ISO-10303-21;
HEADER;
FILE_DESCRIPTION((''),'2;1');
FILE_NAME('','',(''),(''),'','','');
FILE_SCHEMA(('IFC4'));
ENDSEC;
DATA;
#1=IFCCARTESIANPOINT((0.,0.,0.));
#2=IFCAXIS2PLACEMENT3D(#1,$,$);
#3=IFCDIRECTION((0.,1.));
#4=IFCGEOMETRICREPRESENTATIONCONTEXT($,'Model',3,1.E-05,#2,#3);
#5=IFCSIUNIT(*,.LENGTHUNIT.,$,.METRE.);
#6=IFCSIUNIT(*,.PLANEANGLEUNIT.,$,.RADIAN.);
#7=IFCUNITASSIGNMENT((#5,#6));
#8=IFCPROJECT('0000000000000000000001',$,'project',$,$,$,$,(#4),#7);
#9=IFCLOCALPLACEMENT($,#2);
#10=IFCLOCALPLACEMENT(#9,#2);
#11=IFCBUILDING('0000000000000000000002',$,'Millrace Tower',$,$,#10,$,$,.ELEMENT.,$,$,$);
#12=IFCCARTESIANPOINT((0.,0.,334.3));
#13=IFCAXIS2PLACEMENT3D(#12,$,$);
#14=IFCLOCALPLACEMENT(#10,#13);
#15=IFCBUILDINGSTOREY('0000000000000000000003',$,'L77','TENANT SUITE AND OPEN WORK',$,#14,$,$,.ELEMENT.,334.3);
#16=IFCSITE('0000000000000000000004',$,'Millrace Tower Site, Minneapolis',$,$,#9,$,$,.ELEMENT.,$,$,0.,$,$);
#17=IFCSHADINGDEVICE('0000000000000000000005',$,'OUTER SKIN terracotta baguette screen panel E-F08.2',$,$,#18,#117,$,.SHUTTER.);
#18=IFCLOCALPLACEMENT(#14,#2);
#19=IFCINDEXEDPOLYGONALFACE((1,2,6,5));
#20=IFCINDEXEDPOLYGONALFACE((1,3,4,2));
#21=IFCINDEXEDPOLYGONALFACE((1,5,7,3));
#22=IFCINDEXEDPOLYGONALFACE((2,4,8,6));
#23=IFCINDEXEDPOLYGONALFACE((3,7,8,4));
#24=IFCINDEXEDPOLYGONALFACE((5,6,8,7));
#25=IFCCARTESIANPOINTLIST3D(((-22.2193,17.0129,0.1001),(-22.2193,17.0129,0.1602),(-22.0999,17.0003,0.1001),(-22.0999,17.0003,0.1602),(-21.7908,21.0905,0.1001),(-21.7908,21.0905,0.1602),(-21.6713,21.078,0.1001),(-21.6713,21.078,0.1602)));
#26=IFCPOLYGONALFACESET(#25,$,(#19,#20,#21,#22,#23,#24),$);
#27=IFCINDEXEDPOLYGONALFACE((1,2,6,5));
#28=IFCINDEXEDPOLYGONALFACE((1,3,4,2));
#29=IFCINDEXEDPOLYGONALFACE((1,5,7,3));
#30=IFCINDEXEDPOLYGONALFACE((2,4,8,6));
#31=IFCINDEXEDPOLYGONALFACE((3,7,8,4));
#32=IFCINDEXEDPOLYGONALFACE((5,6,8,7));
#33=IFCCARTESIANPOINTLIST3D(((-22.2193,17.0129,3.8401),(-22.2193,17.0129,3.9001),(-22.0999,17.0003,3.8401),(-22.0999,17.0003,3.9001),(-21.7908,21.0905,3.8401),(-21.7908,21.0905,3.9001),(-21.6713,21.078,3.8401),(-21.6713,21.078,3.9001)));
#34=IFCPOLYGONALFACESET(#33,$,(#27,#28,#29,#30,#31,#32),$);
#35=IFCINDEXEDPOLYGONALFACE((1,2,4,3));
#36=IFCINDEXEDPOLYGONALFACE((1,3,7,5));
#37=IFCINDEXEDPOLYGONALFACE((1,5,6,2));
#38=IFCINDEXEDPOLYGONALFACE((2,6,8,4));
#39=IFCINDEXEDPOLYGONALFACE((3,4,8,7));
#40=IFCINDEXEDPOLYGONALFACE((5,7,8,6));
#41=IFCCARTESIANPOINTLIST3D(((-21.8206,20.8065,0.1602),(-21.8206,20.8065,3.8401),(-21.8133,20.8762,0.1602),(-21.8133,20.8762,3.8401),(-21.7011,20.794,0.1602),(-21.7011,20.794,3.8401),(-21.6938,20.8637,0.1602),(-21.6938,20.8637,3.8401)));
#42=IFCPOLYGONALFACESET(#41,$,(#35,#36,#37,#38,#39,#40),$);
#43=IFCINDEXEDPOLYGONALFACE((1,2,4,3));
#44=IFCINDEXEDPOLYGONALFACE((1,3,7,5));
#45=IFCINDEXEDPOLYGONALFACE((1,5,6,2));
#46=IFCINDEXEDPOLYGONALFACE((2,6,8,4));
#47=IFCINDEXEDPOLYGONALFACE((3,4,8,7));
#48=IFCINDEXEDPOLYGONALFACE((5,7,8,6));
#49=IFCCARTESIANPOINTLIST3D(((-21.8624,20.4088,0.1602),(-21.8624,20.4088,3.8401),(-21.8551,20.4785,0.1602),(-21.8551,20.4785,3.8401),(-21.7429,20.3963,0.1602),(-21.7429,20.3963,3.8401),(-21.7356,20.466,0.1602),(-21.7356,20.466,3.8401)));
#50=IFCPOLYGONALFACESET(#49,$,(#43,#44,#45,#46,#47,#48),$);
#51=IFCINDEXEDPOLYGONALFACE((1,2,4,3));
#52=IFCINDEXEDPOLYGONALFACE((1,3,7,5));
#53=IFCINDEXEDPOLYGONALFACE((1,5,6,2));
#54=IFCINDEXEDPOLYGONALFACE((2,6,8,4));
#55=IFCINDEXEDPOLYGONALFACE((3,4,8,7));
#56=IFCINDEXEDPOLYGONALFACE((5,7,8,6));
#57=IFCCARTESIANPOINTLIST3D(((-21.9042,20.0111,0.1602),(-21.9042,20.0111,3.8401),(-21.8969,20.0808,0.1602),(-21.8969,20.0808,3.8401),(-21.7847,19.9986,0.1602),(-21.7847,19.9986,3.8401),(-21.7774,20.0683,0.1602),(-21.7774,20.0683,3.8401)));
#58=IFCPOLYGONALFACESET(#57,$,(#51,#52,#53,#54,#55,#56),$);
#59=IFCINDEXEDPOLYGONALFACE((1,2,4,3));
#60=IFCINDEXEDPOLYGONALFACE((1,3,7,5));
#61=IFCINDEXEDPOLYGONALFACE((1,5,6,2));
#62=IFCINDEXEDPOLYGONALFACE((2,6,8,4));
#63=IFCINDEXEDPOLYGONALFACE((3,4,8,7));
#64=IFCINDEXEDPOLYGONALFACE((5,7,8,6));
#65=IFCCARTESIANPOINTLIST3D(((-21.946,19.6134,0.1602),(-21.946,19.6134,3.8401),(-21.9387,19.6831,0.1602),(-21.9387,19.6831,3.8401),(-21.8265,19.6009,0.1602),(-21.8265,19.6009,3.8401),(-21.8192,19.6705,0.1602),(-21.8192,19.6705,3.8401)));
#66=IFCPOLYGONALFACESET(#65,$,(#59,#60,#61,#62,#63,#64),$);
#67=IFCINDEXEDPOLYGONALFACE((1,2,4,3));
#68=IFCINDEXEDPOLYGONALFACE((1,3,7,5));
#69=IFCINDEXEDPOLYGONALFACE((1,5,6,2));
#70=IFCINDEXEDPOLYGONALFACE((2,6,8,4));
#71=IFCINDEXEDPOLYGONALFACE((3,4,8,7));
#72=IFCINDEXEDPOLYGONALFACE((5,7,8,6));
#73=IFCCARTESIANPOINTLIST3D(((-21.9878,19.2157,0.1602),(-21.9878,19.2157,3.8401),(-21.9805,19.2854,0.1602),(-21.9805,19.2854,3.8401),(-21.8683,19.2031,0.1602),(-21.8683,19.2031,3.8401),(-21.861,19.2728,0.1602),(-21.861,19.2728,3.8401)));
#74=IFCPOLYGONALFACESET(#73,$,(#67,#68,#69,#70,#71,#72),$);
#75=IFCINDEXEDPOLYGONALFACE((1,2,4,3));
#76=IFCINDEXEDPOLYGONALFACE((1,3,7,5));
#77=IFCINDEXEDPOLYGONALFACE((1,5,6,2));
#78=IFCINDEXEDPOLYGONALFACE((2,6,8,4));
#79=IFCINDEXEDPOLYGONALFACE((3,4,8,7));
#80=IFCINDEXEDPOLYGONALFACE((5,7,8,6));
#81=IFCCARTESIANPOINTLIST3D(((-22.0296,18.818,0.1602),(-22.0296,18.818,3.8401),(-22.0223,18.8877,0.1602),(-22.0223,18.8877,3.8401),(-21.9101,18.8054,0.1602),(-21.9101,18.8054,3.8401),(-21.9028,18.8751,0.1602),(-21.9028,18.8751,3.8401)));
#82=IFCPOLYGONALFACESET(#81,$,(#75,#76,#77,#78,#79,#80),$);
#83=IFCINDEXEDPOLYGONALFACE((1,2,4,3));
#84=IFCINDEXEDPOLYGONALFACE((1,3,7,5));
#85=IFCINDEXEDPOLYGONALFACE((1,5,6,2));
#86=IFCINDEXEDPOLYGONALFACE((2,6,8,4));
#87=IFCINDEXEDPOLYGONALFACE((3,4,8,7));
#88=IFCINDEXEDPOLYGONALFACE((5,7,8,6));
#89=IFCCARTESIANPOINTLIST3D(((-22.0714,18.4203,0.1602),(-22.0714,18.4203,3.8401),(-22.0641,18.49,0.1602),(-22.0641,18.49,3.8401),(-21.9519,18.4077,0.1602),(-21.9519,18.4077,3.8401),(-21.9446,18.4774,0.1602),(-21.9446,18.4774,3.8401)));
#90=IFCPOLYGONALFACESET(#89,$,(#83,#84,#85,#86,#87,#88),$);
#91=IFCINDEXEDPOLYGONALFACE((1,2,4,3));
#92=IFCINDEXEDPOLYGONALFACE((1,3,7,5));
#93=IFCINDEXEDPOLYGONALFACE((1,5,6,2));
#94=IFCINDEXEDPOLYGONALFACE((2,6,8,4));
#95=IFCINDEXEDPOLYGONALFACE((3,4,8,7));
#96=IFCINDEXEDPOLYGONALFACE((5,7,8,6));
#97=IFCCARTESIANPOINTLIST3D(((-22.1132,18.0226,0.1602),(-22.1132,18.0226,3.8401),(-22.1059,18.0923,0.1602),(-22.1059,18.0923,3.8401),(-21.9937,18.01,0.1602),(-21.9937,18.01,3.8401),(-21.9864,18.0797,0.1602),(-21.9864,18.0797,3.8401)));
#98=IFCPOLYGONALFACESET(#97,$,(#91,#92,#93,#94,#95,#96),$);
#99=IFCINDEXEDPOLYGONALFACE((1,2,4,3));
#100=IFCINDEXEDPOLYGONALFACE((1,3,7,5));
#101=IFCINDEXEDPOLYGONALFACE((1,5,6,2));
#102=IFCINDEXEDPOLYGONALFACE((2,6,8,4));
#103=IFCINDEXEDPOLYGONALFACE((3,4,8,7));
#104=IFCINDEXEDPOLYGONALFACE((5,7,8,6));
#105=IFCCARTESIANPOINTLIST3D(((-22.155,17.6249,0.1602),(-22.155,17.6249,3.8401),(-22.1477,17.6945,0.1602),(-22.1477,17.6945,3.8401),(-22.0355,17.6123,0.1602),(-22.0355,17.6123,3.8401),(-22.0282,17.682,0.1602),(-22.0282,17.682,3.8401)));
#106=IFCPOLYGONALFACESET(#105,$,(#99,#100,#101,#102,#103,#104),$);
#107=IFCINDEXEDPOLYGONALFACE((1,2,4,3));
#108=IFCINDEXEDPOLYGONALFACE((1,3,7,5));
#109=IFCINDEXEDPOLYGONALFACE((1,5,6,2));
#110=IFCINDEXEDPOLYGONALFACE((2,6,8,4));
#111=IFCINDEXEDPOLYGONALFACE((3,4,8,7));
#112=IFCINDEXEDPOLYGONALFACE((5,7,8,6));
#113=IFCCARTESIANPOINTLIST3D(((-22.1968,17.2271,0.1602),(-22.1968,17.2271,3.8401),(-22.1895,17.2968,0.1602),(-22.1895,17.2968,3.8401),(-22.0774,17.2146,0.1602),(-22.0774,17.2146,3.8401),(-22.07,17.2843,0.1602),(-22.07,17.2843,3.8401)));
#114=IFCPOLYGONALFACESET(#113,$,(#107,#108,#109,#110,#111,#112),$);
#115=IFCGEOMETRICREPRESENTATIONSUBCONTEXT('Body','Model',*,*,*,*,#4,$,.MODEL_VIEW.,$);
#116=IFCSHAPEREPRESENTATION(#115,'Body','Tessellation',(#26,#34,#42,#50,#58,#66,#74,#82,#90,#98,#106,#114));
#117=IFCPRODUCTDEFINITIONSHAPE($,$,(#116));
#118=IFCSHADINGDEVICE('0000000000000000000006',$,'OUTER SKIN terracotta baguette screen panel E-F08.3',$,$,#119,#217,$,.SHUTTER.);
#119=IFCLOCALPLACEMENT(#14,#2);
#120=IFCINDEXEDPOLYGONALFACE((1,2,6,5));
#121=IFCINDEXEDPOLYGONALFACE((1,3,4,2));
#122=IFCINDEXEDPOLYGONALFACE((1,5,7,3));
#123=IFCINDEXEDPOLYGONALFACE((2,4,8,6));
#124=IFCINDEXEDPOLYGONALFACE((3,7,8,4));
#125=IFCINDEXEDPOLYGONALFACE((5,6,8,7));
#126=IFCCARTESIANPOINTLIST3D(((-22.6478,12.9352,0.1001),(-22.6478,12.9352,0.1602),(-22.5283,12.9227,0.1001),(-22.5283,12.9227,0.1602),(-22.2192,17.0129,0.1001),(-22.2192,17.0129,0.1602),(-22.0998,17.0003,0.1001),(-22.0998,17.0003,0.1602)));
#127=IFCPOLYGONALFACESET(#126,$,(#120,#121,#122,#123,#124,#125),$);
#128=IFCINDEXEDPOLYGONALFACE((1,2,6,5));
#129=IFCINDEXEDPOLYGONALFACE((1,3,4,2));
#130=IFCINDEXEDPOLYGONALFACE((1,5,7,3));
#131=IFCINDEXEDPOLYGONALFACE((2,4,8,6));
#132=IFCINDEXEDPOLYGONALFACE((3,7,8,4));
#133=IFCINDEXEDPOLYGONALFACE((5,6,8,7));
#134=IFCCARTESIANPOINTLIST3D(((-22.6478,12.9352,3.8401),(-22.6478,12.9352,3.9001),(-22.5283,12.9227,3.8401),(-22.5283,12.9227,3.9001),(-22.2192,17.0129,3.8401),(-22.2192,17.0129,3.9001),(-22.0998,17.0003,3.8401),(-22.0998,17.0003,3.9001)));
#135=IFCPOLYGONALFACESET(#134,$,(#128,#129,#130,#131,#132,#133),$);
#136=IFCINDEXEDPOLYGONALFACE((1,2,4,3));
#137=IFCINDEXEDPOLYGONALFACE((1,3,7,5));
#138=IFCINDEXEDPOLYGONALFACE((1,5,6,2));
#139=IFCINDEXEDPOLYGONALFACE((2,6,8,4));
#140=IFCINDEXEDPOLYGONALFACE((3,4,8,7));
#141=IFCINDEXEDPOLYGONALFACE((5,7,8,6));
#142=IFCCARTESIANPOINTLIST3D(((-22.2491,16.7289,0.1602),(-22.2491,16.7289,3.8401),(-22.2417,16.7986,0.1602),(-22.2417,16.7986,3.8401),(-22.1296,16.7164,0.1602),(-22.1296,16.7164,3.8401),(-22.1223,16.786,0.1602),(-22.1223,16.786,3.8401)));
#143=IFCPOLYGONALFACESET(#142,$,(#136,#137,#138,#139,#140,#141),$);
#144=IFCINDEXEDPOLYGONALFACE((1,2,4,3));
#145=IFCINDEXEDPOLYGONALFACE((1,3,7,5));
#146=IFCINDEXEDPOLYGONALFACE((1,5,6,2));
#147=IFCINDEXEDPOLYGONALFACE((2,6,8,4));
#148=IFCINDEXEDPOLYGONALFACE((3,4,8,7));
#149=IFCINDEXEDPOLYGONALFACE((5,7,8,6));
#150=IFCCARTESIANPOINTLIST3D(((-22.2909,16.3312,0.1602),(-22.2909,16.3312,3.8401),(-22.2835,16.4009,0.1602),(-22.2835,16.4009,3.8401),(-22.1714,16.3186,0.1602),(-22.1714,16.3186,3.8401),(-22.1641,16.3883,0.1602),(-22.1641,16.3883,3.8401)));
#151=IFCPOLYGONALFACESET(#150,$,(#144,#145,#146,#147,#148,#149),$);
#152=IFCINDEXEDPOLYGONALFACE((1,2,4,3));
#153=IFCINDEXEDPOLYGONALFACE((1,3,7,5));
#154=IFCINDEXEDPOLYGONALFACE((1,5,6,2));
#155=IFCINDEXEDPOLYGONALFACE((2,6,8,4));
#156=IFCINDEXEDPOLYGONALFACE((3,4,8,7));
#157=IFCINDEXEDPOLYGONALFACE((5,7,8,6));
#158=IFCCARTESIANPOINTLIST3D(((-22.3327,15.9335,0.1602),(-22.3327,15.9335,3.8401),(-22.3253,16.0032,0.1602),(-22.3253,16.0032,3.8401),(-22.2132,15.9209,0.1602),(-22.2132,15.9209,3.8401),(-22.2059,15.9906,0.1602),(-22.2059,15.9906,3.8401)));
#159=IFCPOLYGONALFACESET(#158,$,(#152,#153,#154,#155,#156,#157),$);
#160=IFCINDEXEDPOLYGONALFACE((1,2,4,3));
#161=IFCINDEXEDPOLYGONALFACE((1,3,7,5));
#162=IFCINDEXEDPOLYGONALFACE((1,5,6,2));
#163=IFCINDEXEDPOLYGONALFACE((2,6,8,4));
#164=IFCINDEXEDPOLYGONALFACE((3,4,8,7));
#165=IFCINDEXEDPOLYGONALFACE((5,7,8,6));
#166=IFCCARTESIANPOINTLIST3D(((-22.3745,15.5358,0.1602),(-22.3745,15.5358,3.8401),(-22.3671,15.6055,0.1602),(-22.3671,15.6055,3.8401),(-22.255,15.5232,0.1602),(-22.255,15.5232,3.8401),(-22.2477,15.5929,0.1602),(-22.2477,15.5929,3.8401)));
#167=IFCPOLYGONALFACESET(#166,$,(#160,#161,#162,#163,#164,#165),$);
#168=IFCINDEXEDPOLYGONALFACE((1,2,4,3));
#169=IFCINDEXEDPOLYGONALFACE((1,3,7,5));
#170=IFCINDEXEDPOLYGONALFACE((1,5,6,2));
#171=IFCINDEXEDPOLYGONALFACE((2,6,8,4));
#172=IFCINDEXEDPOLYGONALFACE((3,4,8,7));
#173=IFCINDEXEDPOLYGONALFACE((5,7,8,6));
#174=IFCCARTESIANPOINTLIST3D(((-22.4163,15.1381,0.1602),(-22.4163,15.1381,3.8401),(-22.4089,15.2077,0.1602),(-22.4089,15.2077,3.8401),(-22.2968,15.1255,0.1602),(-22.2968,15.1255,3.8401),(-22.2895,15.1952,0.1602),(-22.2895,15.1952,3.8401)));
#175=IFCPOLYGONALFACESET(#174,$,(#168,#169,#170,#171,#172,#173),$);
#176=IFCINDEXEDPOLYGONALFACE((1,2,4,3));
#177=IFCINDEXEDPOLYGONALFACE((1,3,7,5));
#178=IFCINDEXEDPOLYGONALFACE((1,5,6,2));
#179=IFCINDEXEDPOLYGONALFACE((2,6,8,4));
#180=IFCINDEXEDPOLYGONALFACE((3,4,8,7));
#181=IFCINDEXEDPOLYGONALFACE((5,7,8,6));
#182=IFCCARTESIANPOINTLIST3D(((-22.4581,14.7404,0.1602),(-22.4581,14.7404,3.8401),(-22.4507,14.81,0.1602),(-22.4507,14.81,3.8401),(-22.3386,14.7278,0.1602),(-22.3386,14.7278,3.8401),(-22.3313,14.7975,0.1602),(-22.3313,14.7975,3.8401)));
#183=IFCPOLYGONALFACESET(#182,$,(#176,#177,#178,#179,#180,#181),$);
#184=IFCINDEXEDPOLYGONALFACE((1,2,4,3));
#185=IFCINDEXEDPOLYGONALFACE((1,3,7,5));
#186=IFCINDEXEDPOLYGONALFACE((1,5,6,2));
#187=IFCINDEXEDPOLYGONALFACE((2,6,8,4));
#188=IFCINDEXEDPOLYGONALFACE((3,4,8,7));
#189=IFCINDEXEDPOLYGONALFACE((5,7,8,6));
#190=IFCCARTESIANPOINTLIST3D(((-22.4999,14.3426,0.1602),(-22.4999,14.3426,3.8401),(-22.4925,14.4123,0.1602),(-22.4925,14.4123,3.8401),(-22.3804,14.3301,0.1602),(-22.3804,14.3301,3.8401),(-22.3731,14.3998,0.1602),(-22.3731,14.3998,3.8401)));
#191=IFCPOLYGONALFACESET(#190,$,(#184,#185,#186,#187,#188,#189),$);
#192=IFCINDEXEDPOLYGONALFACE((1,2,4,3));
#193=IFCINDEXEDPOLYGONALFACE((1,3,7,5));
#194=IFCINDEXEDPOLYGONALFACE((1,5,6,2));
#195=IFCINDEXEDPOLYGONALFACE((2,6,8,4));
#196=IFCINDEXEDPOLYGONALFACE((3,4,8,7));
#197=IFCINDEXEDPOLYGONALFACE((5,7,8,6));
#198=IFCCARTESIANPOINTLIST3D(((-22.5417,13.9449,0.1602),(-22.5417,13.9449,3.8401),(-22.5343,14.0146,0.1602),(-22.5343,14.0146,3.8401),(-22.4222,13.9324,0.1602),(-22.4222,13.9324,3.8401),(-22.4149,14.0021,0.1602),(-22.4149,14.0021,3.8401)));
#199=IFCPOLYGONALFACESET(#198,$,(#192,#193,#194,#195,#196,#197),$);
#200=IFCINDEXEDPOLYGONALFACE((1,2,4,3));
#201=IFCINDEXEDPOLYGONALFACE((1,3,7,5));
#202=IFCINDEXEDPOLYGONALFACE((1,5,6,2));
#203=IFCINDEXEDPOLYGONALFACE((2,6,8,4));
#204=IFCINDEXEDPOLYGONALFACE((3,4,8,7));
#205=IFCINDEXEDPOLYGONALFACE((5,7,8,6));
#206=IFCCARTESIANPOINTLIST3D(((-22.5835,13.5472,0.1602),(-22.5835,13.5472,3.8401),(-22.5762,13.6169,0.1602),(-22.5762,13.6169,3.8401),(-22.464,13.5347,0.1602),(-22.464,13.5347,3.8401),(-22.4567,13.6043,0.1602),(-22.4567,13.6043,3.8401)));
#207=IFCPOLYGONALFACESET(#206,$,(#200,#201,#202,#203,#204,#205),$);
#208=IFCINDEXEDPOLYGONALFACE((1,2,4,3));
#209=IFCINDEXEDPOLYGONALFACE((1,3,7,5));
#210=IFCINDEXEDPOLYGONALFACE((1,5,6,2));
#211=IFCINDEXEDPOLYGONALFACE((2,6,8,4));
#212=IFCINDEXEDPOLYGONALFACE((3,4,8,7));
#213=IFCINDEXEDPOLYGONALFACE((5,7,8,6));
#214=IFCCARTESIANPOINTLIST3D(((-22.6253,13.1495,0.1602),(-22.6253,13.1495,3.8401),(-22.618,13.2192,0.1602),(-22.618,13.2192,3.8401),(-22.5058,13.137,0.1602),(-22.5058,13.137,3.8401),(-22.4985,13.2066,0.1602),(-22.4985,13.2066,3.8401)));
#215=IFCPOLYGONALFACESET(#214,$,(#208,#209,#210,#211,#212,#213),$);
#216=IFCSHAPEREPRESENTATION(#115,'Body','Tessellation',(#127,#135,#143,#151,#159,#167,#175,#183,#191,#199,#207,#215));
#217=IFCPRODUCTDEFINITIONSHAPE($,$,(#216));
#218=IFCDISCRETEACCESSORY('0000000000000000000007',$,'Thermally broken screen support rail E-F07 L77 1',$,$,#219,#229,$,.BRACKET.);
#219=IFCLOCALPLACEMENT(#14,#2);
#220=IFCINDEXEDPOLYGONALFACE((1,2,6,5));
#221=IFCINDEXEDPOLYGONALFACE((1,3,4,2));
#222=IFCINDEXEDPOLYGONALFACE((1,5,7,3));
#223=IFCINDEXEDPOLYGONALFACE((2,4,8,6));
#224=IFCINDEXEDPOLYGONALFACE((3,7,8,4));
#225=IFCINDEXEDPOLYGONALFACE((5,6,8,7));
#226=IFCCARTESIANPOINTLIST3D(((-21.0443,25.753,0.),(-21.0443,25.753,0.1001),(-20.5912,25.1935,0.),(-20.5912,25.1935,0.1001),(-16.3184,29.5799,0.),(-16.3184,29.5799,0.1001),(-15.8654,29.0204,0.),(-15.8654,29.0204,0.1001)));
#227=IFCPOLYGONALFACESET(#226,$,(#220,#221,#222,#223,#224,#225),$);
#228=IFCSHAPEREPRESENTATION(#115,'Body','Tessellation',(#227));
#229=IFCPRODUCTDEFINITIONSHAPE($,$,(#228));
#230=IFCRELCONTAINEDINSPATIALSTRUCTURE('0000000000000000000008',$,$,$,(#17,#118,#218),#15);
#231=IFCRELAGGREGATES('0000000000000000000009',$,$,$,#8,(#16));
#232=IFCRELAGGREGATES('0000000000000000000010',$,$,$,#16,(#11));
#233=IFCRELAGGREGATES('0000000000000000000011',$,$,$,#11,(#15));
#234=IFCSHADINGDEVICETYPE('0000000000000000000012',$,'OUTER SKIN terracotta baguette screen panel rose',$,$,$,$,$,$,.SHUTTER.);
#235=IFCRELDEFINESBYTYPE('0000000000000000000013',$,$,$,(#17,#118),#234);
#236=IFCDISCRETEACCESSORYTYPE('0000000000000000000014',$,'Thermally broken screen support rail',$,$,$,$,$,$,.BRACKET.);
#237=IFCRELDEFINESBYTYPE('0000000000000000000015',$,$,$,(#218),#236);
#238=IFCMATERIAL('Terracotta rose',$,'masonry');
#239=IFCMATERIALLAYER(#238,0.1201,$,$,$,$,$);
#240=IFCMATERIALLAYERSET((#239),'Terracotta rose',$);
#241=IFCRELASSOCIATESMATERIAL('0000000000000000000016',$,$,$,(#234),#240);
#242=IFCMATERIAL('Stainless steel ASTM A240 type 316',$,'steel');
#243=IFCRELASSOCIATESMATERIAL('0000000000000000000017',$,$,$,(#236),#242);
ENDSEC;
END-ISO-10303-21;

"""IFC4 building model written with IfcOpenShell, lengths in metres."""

from ifc_helpers import new_model, entity, si_unit, direction, frame, frame_2d, origin, origin_2d, place, context, subcontext, project, spatial, rectangle, extrude, source, transform, mapped, material, layer, layer_set, type_object, element, save


model = new_model("IFC4")

# Units and contexts
model_context = context("Model", 3, precision=1e-05, world=origin(), true_north=direction((0.0, 1.0)))
body_context = subcontext(model_context, "Body", "Model", "MODEL_VIEW")
ifc_project = project(units=[si_unit("LENGTHUNIT", "METRE"), si_unit("PLANEANGLEUNIT", "RADIAN")], contexts=[model_context])

# Site, building, storey
site_placement = place(None, origin())
site = spatial("IfcSite", under=ifc_project, at=site_placement, Name="Millrace Tower Site, Minneapolis", CompositionType="ELEMENT", RefElevation=0.0)
building_placement = place(site_placement, origin())
building = spatial("IfcBuilding", under=site, at=building_placement, Name="Millrace Tower", CompositionType="ELEMENT")
storey_placement = place(building_placement, frame((0.0, 0.0, 334.3)))
storey = spatial("IfcBuildingStorey", under=building, at=storey_placement, Name="L77", Description="TENANT SUITE AND OPEN WORK", CompositionType="ELEMENT", Elevation=334.3)

# Shading devices
ifc_material_1 = material(Name="Terracotta rose", Category="masonry")
ifc_layer_1 = layer(ifc_material_1, 0.1201)
ifc_layer_set_1 = layer_set([ifc_layer_1], Name="Terracotta rose")
shading_device_type = type_object("IfcShadingDeviceType", Name="OUTER SKIN terracotta baguette screen panel rose", PredefinedType="SHUTTER", material=ifc_layer_set_1)
cartesian_point_1 = entity("IfcCartesianPoint", [-2.05, 0.0601])
shared_polyline_1 = entity("IfcPolyline", [cartesian_point_1, entity("IfcCartesianPoint", [2.05, 0.0601]), entity("IfcCartesianPoint", [2.05, -0.0601]), entity("IfcCartesianPoint", [-2.05, -0.0601]), cartesian_point_1])
shared_shape_1 = source(origin(), body_context, "Body", "SweptSolid", [
    entity("IfcExtrudedAreaSolid", entity("IfcArbitraryClosedProfileDef", "AREA", None, shared_polyline_1), entity("IfcAxis2Placement3D", entity("IfcCartesianPoint", [0.0, 0.0, 0.0])), entity("IfcDirection", [0.0, 0.0, 1.0]), 0.0601),
    entity("IfcExtrudedAreaSolid", entity("IfcArbitraryClosedProfileDef", "AREA", None, shared_polyline_1), entity("IfcAxis2Placement3D", entity("IfcCartesianPoint", [0.0, 0.0, 3.74])), entity("IfcDirection", [0.0, 0.0, 1.0]), 0.0601),
    extrude(rectangle(XDim=0.0701, YDim=0.1201, at=frame_2d((-1.7996, 0.0))), frame((0.0, 0.0, 0.0601)), (0.0, 0.0, 1.0), 3.6799),
    extrude(rectangle(XDim=0.0701, YDim=0.1201, at=frame_2d((-1.3997, 0.0))), frame((0.0, 0.0, 0.0601)), (0.0, 0.0, 1.0), 3.6799),
    extrude(rectangle(XDim=0.0701, YDim=0.1201, at=frame_2d((-0.9998, 0.0))), frame((0.0, 0.0, 0.0601)), (0.0, 0.0, 1.0), 3.6799),
    extrude(rectangle(XDim=0.0701, YDim=0.1201, at=frame_2d((-0.5999, 0.0))), frame((0.0, 0.0, 0.0601)), (0.0, 0.0, 1.0), 3.6799),
    extrude(rectangle(XDim=0.0701, YDim=0.1201, at=frame_2d((-0.2, 0.0))), frame((0.0, 0.0, 0.0601)), (0.0, 0.0, 1.0), 3.6799),
    extrude(rectangle(XDim=0.0701, YDim=0.1201, at=frame_2d((0.2, 0.0))), frame((0.0, 0.0, 0.0601)), (0.0, 0.0, 1.0), 3.6799),
    extrude(rectangle(XDim=0.0701, YDim=0.1201, at=frame_2d((0.5999, 0.0))), frame((0.0, 0.0, 0.0601)), (0.0, 0.0, 1.0), 3.6799),
    extrude(rectangle(XDim=0.0701, YDim=0.1201, at=frame_2d((0.9998, 0.0))), frame((0.0, 0.0, 0.0601)), (0.0, 0.0, 1.0), 3.6799),
    extrude(rectangle(XDim=0.0701, YDim=0.1201, at=frame_2d((1.3997, 0.0))), frame((0.0, 0.0, 0.0601)), (0.0, 0.0, 1.0), 3.6799),
    extrude(rectangle(XDim=0.0701, YDim=0.1201, at=frame_2d((1.7996, 0.0))), frame((0.0, 0.0, 0.0601)), (0.0, 0.0, 1.0), 3.6799),
])
for number, where, z_axis, x_axis, name in (
    (1, (-21.9453, 19.0454, 0.1001), (0.0, 0.0, 1.0), (-0.104528, -0.994522, 0.0), "OUTER SKIN terracotta baguette screen panel E-F08.2"),
    (2, (-22.3738, 14.9678, 0.1001), (0.0, 0.0, 1.0), (-0.104528, -0.994522, 0.0), "OUTER SKIN terracotta baguette screen panel E-F08.3"),
):
    element("IfcShadingDevice", number, at=place(storey_placement, frame(where, z_axis=z_axis, x_axis=x_axis)), inside=storey, type_object=shading_device_type, Name=name, PredefinedType="SHUTTER", context=body_context, shape_type="MappedRepresentation", body=[
        mapped(shared_shape_1, transform((0.0, 0.0, 0.0), scale=1.0)),
    ])

# Discrete accessory
ifc_material_2 = material(Name="Stainless steel ASTM A240 type 316", Category="steel")
discrete_accessory_type = type_object("IfcDiscreteAccessoryType", Name="Thermally broken screen support rail", PredefinedType="BRACKET", material=ifc_material_2)
discrete_accessory_placement = place(storey_placement, frame((-18.4548, 27.3867, 0.0), z_axis=(0.0, 0.0, 1.0), x_axis=(-0.777146, -0.62932, 0.0)))
element("IfcDiscreteAccessory", 3, at=discrete_accessory_placement, inside=storey, type_object=discrete_accessory_type, Name="Thermally broken screen support rail E-F07 L77 1", PredefinedType="BRACKET", context=body_context, shape_type="SweptSolid", body=[
    extrude(rectangle(XDim=6.0811, YDim=0.72, at=origin_2d()), origin(), (0.0, 0.0, 1.0), 0.1001),
])

save(model, "model.ifc")
